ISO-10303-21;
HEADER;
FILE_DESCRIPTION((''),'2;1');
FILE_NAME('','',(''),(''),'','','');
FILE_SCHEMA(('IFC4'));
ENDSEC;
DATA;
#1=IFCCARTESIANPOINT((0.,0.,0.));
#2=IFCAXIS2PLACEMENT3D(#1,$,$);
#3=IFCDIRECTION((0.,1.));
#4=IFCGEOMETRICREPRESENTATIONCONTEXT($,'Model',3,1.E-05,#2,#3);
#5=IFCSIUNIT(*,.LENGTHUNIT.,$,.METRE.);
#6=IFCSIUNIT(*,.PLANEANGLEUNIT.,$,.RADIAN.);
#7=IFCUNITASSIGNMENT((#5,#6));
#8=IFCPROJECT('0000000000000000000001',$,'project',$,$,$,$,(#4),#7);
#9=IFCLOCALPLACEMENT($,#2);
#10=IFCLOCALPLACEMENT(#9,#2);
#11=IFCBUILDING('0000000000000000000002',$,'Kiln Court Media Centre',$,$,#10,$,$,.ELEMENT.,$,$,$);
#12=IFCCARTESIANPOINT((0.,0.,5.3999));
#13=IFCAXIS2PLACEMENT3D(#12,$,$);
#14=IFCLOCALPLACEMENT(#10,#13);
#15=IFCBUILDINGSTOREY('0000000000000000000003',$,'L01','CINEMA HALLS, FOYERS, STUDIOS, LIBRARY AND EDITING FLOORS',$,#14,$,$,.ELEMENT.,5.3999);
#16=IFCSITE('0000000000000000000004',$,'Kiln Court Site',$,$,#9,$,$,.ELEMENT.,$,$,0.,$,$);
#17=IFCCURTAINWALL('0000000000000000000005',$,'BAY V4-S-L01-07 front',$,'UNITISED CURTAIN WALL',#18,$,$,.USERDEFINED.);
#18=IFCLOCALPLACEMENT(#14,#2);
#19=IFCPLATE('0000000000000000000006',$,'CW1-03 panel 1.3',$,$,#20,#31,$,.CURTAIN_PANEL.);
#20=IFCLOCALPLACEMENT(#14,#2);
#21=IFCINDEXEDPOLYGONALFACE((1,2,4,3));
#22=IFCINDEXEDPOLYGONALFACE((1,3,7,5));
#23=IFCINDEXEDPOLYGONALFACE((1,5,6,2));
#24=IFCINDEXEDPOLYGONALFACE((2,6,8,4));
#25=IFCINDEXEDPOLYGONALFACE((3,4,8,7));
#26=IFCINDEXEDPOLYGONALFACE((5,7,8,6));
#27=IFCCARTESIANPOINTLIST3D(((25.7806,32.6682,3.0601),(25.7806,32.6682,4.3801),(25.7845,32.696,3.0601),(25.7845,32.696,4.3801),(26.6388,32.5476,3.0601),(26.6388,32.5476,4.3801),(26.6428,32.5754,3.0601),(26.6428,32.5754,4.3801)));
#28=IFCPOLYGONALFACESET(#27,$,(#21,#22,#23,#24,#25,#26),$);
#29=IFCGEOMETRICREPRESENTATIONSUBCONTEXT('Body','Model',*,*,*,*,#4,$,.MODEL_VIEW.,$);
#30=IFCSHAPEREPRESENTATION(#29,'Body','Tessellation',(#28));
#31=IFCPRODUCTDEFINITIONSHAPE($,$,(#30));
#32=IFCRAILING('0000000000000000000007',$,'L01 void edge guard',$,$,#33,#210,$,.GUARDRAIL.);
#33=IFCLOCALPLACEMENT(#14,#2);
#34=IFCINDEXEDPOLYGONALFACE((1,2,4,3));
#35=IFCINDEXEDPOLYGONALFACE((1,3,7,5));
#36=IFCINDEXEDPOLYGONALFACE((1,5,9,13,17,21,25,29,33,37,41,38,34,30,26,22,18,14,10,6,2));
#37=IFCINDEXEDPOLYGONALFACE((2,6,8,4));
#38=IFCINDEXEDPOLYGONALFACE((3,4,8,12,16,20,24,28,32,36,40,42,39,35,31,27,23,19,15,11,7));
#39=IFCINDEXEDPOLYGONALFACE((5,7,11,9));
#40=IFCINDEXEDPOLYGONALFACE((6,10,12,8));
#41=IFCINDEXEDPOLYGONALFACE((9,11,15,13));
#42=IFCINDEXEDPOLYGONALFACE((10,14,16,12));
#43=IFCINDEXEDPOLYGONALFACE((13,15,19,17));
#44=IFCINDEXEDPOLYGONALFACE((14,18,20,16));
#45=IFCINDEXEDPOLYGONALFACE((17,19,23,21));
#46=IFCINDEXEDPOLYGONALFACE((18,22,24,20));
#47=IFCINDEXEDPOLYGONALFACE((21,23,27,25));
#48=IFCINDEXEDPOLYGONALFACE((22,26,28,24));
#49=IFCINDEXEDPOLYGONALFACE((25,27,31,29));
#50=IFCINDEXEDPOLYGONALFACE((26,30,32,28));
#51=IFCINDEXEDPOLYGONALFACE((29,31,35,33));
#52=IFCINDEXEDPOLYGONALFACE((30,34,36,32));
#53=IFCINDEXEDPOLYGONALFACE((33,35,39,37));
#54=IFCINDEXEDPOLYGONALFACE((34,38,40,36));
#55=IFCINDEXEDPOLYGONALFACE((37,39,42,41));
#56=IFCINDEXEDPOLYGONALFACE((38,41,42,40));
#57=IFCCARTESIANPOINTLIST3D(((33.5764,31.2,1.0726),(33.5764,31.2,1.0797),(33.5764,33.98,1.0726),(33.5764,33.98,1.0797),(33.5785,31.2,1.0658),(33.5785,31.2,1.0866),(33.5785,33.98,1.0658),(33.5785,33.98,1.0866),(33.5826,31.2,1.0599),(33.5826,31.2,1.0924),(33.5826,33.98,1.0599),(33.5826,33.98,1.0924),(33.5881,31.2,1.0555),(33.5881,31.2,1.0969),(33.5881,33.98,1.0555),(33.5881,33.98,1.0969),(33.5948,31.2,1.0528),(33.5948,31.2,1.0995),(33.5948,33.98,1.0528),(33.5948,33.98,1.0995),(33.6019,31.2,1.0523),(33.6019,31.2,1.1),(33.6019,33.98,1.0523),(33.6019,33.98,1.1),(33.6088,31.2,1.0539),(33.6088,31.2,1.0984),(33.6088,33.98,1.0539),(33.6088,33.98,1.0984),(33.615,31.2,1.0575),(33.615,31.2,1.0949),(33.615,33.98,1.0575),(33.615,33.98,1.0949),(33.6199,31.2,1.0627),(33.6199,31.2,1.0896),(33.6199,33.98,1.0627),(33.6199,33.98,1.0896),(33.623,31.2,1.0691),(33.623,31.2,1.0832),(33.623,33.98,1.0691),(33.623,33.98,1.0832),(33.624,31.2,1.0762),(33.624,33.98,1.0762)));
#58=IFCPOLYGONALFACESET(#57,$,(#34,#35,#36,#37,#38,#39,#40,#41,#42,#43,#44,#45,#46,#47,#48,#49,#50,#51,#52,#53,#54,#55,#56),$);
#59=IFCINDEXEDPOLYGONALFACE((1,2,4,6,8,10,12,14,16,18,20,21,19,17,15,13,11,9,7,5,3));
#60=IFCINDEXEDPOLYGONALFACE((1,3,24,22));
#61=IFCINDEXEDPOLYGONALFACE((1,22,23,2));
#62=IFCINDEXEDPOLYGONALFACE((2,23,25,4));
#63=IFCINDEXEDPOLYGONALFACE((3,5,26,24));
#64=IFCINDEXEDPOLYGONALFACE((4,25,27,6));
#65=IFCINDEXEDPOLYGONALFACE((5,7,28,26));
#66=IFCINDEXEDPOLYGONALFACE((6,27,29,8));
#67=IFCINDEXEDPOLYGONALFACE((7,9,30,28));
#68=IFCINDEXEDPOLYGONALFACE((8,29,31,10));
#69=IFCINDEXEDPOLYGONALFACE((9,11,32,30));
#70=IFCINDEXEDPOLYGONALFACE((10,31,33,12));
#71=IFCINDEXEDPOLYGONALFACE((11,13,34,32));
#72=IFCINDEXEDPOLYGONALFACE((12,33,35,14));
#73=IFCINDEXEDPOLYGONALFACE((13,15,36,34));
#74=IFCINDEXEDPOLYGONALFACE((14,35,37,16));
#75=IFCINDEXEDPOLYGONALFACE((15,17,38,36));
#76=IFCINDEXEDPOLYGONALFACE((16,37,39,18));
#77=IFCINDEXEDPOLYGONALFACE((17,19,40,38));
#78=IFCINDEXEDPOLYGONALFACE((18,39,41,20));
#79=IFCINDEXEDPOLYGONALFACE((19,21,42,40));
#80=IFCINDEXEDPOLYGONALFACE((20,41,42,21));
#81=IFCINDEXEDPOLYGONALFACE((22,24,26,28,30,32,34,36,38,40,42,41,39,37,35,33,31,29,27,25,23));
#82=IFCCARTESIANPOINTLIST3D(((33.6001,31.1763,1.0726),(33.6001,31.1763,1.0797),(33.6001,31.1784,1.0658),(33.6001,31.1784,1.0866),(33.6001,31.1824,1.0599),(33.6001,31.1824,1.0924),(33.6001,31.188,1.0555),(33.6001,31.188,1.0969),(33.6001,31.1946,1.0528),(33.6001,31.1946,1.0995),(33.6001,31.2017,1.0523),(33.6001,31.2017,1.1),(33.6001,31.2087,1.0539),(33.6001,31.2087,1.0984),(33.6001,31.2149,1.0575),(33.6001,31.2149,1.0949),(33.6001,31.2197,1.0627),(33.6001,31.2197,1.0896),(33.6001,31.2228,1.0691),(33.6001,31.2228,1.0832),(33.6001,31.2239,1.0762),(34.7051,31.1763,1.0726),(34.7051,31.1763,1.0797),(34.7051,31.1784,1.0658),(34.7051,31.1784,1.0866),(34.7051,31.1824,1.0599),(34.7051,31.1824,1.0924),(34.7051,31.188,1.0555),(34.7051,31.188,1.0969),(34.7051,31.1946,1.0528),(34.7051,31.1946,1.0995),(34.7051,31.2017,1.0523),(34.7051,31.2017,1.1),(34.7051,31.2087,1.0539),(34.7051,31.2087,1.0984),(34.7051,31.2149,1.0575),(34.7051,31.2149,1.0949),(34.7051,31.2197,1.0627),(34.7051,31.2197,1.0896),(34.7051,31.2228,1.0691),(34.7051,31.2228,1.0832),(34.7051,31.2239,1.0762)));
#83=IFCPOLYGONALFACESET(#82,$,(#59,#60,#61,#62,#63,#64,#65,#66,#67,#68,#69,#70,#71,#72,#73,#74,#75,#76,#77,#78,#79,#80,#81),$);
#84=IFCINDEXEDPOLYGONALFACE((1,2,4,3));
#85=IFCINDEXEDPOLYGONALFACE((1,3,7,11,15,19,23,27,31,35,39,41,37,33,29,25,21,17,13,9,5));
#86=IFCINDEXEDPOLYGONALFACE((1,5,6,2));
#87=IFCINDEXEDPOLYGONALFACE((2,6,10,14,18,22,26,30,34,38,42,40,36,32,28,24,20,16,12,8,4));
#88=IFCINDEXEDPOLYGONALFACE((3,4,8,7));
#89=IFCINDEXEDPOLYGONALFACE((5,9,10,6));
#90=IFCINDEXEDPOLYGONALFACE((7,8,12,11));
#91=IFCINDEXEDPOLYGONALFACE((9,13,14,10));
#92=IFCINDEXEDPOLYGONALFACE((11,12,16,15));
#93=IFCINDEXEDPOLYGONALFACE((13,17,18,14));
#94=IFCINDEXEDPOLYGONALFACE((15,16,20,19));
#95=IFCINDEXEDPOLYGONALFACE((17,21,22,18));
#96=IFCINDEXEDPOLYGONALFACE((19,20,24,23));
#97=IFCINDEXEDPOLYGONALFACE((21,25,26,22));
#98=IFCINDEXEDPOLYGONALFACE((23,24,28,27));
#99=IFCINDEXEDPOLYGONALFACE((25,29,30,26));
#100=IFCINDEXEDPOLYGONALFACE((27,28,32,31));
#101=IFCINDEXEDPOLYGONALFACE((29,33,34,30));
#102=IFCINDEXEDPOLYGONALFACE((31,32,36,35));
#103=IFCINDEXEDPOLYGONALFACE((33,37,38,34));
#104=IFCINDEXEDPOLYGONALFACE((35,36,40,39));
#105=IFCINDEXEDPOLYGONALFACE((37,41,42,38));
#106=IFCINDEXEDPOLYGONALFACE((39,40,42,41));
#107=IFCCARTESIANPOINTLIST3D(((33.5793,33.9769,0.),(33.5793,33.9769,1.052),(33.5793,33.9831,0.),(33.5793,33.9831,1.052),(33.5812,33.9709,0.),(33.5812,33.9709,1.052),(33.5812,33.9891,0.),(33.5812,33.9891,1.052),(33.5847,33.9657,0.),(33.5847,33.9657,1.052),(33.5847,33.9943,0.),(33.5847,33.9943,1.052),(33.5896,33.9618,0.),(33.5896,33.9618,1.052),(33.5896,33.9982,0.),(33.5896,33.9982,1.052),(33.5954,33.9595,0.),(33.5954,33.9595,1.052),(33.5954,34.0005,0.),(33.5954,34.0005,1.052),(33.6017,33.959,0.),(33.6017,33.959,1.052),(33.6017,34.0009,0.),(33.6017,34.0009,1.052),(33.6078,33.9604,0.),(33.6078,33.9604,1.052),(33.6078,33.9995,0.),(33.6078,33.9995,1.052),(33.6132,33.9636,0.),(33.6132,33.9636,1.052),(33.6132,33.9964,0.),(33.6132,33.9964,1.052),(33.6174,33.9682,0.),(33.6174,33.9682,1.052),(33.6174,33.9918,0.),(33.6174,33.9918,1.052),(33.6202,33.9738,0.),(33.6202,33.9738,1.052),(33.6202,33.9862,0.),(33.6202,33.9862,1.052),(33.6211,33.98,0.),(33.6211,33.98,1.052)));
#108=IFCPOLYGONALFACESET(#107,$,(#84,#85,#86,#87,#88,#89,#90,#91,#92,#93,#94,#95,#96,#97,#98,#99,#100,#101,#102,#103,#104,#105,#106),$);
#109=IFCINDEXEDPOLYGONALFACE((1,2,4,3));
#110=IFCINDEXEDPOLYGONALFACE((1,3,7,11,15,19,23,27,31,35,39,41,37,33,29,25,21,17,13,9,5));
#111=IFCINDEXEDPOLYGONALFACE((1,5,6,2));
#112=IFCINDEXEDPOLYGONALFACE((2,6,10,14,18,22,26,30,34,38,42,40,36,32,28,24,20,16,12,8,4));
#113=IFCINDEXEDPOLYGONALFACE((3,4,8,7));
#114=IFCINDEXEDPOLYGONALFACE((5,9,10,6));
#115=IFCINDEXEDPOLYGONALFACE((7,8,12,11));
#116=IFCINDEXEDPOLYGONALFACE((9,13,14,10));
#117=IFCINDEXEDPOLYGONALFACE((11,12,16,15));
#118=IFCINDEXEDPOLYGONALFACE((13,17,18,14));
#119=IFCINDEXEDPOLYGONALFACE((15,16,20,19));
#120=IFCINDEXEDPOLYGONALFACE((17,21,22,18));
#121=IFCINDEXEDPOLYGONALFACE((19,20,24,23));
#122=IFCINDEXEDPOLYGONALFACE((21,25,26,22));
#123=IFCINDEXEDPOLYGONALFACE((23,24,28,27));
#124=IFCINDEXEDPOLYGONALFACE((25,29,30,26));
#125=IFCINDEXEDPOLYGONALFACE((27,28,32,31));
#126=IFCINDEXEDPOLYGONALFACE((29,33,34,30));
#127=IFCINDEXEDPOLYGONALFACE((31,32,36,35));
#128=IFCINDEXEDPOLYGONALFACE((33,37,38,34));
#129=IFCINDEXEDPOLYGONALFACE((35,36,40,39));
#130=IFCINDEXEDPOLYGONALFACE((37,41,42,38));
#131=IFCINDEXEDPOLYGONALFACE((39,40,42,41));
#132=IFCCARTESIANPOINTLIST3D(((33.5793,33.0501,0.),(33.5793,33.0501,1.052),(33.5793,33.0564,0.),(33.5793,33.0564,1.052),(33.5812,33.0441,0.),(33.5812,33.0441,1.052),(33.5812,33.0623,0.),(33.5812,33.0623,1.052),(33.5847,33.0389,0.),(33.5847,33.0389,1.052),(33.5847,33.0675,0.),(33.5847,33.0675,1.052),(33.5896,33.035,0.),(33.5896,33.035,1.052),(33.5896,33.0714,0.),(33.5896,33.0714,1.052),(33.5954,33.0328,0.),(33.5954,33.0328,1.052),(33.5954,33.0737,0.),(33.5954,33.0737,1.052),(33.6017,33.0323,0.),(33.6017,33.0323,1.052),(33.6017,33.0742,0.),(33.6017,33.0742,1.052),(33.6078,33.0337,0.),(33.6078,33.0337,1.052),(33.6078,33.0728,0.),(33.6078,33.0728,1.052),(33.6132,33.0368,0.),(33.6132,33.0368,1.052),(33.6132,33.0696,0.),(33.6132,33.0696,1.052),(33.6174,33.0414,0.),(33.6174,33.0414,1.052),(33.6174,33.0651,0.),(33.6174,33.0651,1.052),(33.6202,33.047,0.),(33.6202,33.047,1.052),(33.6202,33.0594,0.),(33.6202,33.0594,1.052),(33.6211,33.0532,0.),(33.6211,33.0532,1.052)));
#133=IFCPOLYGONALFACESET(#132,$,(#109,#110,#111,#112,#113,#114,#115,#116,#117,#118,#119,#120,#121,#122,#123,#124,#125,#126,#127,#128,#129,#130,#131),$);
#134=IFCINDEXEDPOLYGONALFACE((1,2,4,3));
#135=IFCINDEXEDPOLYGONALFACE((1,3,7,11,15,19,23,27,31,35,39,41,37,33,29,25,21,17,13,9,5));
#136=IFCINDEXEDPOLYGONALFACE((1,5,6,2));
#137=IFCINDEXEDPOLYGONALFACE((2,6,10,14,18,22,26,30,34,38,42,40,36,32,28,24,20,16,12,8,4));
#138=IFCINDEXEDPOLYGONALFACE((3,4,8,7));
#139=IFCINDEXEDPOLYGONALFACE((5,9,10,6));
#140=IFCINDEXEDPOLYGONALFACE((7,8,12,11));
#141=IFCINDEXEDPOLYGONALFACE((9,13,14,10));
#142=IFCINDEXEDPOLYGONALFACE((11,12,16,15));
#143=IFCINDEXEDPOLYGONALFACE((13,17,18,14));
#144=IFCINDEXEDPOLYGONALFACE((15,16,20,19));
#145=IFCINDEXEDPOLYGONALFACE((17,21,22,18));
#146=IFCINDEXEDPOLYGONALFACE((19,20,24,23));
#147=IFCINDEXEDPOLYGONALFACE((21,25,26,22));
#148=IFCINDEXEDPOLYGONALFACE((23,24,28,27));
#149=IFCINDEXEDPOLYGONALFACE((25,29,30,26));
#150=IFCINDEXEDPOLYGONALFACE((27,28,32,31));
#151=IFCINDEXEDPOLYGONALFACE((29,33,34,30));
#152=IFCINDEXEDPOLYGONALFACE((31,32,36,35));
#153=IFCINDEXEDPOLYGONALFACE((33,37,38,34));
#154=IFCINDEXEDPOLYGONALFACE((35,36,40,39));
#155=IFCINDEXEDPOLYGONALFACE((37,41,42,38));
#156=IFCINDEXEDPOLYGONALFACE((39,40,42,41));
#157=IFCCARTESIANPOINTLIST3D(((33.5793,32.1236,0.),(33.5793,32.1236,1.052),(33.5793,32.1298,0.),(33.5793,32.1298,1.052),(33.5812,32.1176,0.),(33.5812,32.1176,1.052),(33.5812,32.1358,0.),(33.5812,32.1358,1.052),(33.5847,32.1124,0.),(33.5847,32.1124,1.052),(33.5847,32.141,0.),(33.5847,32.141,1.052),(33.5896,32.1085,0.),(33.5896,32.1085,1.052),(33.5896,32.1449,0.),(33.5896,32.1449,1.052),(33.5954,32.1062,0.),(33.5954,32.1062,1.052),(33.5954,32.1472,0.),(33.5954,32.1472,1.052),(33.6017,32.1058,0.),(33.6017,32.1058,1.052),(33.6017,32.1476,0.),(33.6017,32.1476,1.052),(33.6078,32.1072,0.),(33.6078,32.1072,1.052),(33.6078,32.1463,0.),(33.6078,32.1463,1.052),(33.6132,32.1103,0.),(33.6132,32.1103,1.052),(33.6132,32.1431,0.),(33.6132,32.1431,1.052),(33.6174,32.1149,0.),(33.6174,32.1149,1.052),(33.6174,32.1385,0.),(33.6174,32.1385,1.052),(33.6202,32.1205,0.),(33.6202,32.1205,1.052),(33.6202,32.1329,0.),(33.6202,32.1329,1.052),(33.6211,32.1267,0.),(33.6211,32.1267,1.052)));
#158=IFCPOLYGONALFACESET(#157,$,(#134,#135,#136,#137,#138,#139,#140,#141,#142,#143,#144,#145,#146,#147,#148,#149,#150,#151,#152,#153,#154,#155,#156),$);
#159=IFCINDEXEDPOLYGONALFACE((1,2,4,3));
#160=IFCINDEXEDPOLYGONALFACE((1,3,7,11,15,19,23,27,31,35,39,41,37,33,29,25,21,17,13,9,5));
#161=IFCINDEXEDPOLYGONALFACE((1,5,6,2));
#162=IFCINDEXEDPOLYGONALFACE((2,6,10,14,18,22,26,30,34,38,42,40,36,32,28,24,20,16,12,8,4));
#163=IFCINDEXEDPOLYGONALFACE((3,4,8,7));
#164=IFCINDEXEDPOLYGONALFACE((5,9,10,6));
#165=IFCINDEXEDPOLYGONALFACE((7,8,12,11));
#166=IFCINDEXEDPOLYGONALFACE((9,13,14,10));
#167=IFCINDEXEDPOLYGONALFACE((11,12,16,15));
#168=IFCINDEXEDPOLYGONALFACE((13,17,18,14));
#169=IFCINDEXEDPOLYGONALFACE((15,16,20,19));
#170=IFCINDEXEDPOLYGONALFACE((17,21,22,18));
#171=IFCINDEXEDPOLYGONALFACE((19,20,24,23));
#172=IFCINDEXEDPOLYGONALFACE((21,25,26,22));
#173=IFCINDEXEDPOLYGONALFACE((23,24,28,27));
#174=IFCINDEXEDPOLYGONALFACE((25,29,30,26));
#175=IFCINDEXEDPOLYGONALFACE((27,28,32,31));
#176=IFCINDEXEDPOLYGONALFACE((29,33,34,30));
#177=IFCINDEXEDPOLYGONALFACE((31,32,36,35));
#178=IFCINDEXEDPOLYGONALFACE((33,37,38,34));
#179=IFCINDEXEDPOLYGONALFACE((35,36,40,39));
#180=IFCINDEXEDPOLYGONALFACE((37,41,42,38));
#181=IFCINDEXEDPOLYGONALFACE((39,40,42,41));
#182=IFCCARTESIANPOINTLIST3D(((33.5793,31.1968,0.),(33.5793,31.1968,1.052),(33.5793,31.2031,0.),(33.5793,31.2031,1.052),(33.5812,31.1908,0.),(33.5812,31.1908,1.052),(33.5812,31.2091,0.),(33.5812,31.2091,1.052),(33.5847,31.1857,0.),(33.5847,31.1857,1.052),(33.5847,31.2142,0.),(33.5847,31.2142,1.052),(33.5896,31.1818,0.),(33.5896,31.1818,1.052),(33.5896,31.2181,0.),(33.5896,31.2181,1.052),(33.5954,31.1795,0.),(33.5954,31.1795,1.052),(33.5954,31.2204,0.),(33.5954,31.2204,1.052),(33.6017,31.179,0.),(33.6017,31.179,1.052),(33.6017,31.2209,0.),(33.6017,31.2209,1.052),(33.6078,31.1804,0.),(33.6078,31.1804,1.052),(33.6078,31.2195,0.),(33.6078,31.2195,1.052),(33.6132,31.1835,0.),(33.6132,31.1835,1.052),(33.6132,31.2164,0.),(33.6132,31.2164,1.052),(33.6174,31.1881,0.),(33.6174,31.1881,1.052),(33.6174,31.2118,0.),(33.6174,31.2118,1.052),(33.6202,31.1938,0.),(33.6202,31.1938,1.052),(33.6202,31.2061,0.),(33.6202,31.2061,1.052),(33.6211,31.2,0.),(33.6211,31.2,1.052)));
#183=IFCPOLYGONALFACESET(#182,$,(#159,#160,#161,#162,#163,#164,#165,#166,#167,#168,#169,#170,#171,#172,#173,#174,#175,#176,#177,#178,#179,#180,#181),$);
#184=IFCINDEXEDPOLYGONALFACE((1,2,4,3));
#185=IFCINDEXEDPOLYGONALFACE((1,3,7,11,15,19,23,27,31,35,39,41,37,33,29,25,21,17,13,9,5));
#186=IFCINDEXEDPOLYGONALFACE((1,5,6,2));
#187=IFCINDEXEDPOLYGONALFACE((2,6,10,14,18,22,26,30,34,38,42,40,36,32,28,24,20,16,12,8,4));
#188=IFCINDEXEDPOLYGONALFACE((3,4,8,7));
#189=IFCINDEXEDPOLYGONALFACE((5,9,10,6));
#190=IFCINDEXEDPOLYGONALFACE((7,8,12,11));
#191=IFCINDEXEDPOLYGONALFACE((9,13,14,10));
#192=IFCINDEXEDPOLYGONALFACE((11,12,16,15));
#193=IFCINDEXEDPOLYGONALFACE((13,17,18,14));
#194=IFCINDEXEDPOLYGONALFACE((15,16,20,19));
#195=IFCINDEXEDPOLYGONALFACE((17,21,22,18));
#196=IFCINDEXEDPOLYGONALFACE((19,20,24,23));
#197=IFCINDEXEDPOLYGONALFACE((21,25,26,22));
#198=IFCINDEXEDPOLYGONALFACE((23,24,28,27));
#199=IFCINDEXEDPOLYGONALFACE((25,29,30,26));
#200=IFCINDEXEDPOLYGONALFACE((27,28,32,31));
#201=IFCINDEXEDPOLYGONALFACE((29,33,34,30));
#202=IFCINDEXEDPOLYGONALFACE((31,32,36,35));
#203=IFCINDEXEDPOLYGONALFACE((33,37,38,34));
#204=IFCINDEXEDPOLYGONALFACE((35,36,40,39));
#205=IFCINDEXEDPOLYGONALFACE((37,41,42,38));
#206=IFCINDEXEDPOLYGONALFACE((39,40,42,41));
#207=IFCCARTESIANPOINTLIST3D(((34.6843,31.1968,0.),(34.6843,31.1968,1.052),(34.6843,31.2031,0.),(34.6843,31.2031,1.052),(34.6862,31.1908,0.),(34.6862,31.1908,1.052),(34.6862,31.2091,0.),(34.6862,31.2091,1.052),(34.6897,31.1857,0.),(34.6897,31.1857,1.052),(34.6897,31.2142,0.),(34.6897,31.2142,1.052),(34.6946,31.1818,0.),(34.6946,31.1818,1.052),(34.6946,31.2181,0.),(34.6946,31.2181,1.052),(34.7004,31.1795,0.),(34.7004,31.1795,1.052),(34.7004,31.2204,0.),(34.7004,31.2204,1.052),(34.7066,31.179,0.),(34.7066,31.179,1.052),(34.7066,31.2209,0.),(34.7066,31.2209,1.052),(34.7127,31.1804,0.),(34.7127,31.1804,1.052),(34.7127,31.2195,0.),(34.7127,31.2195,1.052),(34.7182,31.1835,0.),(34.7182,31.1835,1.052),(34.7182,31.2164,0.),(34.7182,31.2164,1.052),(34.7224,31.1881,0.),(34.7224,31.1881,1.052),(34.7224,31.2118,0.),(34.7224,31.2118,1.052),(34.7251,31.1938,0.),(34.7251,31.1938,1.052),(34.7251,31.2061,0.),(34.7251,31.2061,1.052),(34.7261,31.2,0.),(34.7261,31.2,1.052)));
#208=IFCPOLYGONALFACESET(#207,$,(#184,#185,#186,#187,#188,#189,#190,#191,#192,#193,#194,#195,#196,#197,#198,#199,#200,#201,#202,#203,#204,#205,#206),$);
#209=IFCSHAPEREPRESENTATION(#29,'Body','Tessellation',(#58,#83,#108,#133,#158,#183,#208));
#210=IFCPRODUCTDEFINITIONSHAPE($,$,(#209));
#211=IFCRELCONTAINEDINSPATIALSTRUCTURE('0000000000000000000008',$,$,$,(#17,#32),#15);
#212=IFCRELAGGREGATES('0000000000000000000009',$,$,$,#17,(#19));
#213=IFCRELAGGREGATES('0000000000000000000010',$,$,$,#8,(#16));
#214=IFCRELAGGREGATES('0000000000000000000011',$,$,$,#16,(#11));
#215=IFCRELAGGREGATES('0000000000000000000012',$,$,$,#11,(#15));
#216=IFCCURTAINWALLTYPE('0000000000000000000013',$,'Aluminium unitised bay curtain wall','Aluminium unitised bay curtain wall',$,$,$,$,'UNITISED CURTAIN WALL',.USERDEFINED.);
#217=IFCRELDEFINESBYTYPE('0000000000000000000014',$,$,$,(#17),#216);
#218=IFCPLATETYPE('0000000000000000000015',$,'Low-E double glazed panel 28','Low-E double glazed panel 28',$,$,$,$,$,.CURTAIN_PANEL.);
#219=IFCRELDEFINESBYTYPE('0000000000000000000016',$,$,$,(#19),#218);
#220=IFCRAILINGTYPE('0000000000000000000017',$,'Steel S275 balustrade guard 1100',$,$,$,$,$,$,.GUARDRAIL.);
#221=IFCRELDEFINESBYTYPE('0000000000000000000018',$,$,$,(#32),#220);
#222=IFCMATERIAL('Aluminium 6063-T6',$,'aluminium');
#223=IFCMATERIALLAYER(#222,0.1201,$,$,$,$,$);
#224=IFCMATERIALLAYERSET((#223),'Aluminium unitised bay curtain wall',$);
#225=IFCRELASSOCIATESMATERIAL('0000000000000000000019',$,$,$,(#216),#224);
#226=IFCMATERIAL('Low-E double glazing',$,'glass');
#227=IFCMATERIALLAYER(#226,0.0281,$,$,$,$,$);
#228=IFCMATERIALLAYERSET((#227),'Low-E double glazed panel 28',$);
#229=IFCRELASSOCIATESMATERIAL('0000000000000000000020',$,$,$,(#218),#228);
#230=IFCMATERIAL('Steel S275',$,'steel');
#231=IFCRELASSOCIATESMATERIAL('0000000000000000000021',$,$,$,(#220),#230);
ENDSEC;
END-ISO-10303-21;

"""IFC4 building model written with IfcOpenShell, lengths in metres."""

from ifc_helpers import new_model, si_unit, direction, frame, origin, origin_2d, place, context, subcontext, project, spatial, rectangle, circle, extrude, material, layer, layer_set, type_object, element, aggregate, save


model = new_model("IFC4")

# Units and contexts
model_context = context("Model", 3, precision=1e-05, world=origin(), true_north=direction((0.0, 1.0)))
body_context = subcontext(model_context, "Body", "Model", "MODEL_VIEW")
ifc_project = project(units=[si_unit("LENGTHUNIT", "METRE"), si_unit("PLANEANGLEUNIT", "RADIAN")], contexts=[model_context])

# Site, building, storey
site_placement = place(None, origin())
site = spatial("IfcSite", under=ifc_project, at=site_placement, Name="Kiln Court Site", CompositionType="ELEMENT", RefElevation=0.0)
building_placement = place(site_placement, origin())
building = spatial("IfcBuilding", under=site, at=building_placement, Name="Kiln Court Media Centre", CompositionType="ELEMENT")
storey_placement = place(building_placement, frame((0.0, 0.0, 5.3999)))
storey = spatial("IfcBuildingStorey", under=building, at=storey_placement, Name="L01", Description="CINEMA HALLS, FOYERS, STUDIOS, LIBRARY AND EDITING FLOORS", CompositionType="ELEMENT", Elevation=5.3999)

# Shared definitions
ifc_material_1 = material(Name="Aluminium 6063-T6", Category="aluminium")
ifc_layer_1 = layer(ifc_material_1, 0.1201)
ifc_layer_set_1 = layer_set([ifc_layer_1], Name="Aluminium unitised bay curtain wall")
curtain_wall_type_1 = type_object("IfcCurtainWallType", Name="Aluminium unitised bay curtain wall", Description="Aluminium unitised bay curtain wall", ElementType="UNITISED CURTAIN WALL", PredefinedType="USERDEFINED", material=ifc_layer_set_1)

# Curtain wall
curtain_wall_1_placement = place(storey_placement, origin())
curtain_wall_1 = element("IfcCurtainWall", 1, at=curtain_wall_1_placement, inside=storey, type_object=curtain_wall_type_1, Name="BAY V4-S-L01-07 front", ObjectType="UNITISED CURTAIN WALL", PredefinedType="USERDEFINED")

# Plate
ifc_material_2 = material(Name="Low-E double glazing", Category="glass")
ifc_layer_2 = layer(ifc_material_2, 0.0281)
ifc_layer_set_2 = layer_set([ifc_layer_2], Name="Low-E double glazed panel 28")
plate_type_1 = type_object("IfcPlateType", Name="Low-E double glazed panel 28", Description="Low-E double glazed panel 28", PredefinedType="CURTAIN_PANEL", material=ifc_layer_set_2)
plate_1_placement = place(storey_placement, frame((26.2117, 32.6218, 3.0601), z_axis=(0.0, 0.0, 1.0), x_axis=(0.99027, -0.139162, 0.0)))
plate_1 = element("IfcPlate", 2, at=plate_1_placement, type_object=plate_type_1, Name="CW1-03 panel 1.3", PredefinedType="CURTAIN_PANEL", context=body_context, shape_type="SweptSolid", body=[
    extrude(rectangle(XDim=0.8667, YDim=0.0281, at=origin_2d()), origin(), (0.0, 0.0, 1.0), 1.3201),
])
aggregate(curtain_wall_1, [plate_1])

# Railing
ifc_material_3 = material(Name="Steel S275", Category="steel")
railing_type = type_object("IfcRailingType", Name="Steel S275 balustrade guard 1100", PredefinedType="GUARDRAIL", material=ifc_material_3)
railing_1_placement = place(storey_placement, frame((33.6001, 33.98, 0.0)))
element("IfcRailing", 3, at=railing_1_placement, inside=storey, type_object=railing_type, Name="L01 void edge guard", PredefinedType="GUARDRAIL", context=body_context, shape_type="SweptSolid", body=[
    extrude(circle(Radius=0.0239, at=origin_2d()), frame((0.0, 0.0, 1.0762), z_axis=(0.0, -1.0, 0.0), x_axis=(1.0, 0.0, 0.0)), (0.0, 0.0, 1.0), 2.78),
    extrude(circle(Radius=0.0239, at=origin_2d()), frame((0.0, -2.78, 1.0762), z_axis=(1.0, 0.0, 0.0), x_axis=(0.0, 1.0, 0.0)), (0.0, 0.0, 1.0), 1.105),
    extrude(circle(Radius=0.021, at=origin_2d()), origin(), (0.0, 0.0, 1.0), 1.052),
    extrude(circle(Radius=0.021, at=origin_2d()), frame((0.0, -0.9268, 0.0)), (0.0, 0.0, 1.0), 1.052),
    extrude(circle(Radius=0.021, at=origin_2d()), frame((0.0, -1.8533, 0.0)), (0.0, 0.0, 1.0), 1.052),
    extrude(circle(Radius=0.021, at=origin_2d()), frame((0.0, -2.78, 0.0)), (0.0, 0.0, 1.0), 1.052),
    extrude(circle(Radius=0.021, at=origin_2d()), frame((1.105, -2.78, 0.0)), (0.0, 0.0, 1.0), 1.052),
])

save(model, "model.ifc")
